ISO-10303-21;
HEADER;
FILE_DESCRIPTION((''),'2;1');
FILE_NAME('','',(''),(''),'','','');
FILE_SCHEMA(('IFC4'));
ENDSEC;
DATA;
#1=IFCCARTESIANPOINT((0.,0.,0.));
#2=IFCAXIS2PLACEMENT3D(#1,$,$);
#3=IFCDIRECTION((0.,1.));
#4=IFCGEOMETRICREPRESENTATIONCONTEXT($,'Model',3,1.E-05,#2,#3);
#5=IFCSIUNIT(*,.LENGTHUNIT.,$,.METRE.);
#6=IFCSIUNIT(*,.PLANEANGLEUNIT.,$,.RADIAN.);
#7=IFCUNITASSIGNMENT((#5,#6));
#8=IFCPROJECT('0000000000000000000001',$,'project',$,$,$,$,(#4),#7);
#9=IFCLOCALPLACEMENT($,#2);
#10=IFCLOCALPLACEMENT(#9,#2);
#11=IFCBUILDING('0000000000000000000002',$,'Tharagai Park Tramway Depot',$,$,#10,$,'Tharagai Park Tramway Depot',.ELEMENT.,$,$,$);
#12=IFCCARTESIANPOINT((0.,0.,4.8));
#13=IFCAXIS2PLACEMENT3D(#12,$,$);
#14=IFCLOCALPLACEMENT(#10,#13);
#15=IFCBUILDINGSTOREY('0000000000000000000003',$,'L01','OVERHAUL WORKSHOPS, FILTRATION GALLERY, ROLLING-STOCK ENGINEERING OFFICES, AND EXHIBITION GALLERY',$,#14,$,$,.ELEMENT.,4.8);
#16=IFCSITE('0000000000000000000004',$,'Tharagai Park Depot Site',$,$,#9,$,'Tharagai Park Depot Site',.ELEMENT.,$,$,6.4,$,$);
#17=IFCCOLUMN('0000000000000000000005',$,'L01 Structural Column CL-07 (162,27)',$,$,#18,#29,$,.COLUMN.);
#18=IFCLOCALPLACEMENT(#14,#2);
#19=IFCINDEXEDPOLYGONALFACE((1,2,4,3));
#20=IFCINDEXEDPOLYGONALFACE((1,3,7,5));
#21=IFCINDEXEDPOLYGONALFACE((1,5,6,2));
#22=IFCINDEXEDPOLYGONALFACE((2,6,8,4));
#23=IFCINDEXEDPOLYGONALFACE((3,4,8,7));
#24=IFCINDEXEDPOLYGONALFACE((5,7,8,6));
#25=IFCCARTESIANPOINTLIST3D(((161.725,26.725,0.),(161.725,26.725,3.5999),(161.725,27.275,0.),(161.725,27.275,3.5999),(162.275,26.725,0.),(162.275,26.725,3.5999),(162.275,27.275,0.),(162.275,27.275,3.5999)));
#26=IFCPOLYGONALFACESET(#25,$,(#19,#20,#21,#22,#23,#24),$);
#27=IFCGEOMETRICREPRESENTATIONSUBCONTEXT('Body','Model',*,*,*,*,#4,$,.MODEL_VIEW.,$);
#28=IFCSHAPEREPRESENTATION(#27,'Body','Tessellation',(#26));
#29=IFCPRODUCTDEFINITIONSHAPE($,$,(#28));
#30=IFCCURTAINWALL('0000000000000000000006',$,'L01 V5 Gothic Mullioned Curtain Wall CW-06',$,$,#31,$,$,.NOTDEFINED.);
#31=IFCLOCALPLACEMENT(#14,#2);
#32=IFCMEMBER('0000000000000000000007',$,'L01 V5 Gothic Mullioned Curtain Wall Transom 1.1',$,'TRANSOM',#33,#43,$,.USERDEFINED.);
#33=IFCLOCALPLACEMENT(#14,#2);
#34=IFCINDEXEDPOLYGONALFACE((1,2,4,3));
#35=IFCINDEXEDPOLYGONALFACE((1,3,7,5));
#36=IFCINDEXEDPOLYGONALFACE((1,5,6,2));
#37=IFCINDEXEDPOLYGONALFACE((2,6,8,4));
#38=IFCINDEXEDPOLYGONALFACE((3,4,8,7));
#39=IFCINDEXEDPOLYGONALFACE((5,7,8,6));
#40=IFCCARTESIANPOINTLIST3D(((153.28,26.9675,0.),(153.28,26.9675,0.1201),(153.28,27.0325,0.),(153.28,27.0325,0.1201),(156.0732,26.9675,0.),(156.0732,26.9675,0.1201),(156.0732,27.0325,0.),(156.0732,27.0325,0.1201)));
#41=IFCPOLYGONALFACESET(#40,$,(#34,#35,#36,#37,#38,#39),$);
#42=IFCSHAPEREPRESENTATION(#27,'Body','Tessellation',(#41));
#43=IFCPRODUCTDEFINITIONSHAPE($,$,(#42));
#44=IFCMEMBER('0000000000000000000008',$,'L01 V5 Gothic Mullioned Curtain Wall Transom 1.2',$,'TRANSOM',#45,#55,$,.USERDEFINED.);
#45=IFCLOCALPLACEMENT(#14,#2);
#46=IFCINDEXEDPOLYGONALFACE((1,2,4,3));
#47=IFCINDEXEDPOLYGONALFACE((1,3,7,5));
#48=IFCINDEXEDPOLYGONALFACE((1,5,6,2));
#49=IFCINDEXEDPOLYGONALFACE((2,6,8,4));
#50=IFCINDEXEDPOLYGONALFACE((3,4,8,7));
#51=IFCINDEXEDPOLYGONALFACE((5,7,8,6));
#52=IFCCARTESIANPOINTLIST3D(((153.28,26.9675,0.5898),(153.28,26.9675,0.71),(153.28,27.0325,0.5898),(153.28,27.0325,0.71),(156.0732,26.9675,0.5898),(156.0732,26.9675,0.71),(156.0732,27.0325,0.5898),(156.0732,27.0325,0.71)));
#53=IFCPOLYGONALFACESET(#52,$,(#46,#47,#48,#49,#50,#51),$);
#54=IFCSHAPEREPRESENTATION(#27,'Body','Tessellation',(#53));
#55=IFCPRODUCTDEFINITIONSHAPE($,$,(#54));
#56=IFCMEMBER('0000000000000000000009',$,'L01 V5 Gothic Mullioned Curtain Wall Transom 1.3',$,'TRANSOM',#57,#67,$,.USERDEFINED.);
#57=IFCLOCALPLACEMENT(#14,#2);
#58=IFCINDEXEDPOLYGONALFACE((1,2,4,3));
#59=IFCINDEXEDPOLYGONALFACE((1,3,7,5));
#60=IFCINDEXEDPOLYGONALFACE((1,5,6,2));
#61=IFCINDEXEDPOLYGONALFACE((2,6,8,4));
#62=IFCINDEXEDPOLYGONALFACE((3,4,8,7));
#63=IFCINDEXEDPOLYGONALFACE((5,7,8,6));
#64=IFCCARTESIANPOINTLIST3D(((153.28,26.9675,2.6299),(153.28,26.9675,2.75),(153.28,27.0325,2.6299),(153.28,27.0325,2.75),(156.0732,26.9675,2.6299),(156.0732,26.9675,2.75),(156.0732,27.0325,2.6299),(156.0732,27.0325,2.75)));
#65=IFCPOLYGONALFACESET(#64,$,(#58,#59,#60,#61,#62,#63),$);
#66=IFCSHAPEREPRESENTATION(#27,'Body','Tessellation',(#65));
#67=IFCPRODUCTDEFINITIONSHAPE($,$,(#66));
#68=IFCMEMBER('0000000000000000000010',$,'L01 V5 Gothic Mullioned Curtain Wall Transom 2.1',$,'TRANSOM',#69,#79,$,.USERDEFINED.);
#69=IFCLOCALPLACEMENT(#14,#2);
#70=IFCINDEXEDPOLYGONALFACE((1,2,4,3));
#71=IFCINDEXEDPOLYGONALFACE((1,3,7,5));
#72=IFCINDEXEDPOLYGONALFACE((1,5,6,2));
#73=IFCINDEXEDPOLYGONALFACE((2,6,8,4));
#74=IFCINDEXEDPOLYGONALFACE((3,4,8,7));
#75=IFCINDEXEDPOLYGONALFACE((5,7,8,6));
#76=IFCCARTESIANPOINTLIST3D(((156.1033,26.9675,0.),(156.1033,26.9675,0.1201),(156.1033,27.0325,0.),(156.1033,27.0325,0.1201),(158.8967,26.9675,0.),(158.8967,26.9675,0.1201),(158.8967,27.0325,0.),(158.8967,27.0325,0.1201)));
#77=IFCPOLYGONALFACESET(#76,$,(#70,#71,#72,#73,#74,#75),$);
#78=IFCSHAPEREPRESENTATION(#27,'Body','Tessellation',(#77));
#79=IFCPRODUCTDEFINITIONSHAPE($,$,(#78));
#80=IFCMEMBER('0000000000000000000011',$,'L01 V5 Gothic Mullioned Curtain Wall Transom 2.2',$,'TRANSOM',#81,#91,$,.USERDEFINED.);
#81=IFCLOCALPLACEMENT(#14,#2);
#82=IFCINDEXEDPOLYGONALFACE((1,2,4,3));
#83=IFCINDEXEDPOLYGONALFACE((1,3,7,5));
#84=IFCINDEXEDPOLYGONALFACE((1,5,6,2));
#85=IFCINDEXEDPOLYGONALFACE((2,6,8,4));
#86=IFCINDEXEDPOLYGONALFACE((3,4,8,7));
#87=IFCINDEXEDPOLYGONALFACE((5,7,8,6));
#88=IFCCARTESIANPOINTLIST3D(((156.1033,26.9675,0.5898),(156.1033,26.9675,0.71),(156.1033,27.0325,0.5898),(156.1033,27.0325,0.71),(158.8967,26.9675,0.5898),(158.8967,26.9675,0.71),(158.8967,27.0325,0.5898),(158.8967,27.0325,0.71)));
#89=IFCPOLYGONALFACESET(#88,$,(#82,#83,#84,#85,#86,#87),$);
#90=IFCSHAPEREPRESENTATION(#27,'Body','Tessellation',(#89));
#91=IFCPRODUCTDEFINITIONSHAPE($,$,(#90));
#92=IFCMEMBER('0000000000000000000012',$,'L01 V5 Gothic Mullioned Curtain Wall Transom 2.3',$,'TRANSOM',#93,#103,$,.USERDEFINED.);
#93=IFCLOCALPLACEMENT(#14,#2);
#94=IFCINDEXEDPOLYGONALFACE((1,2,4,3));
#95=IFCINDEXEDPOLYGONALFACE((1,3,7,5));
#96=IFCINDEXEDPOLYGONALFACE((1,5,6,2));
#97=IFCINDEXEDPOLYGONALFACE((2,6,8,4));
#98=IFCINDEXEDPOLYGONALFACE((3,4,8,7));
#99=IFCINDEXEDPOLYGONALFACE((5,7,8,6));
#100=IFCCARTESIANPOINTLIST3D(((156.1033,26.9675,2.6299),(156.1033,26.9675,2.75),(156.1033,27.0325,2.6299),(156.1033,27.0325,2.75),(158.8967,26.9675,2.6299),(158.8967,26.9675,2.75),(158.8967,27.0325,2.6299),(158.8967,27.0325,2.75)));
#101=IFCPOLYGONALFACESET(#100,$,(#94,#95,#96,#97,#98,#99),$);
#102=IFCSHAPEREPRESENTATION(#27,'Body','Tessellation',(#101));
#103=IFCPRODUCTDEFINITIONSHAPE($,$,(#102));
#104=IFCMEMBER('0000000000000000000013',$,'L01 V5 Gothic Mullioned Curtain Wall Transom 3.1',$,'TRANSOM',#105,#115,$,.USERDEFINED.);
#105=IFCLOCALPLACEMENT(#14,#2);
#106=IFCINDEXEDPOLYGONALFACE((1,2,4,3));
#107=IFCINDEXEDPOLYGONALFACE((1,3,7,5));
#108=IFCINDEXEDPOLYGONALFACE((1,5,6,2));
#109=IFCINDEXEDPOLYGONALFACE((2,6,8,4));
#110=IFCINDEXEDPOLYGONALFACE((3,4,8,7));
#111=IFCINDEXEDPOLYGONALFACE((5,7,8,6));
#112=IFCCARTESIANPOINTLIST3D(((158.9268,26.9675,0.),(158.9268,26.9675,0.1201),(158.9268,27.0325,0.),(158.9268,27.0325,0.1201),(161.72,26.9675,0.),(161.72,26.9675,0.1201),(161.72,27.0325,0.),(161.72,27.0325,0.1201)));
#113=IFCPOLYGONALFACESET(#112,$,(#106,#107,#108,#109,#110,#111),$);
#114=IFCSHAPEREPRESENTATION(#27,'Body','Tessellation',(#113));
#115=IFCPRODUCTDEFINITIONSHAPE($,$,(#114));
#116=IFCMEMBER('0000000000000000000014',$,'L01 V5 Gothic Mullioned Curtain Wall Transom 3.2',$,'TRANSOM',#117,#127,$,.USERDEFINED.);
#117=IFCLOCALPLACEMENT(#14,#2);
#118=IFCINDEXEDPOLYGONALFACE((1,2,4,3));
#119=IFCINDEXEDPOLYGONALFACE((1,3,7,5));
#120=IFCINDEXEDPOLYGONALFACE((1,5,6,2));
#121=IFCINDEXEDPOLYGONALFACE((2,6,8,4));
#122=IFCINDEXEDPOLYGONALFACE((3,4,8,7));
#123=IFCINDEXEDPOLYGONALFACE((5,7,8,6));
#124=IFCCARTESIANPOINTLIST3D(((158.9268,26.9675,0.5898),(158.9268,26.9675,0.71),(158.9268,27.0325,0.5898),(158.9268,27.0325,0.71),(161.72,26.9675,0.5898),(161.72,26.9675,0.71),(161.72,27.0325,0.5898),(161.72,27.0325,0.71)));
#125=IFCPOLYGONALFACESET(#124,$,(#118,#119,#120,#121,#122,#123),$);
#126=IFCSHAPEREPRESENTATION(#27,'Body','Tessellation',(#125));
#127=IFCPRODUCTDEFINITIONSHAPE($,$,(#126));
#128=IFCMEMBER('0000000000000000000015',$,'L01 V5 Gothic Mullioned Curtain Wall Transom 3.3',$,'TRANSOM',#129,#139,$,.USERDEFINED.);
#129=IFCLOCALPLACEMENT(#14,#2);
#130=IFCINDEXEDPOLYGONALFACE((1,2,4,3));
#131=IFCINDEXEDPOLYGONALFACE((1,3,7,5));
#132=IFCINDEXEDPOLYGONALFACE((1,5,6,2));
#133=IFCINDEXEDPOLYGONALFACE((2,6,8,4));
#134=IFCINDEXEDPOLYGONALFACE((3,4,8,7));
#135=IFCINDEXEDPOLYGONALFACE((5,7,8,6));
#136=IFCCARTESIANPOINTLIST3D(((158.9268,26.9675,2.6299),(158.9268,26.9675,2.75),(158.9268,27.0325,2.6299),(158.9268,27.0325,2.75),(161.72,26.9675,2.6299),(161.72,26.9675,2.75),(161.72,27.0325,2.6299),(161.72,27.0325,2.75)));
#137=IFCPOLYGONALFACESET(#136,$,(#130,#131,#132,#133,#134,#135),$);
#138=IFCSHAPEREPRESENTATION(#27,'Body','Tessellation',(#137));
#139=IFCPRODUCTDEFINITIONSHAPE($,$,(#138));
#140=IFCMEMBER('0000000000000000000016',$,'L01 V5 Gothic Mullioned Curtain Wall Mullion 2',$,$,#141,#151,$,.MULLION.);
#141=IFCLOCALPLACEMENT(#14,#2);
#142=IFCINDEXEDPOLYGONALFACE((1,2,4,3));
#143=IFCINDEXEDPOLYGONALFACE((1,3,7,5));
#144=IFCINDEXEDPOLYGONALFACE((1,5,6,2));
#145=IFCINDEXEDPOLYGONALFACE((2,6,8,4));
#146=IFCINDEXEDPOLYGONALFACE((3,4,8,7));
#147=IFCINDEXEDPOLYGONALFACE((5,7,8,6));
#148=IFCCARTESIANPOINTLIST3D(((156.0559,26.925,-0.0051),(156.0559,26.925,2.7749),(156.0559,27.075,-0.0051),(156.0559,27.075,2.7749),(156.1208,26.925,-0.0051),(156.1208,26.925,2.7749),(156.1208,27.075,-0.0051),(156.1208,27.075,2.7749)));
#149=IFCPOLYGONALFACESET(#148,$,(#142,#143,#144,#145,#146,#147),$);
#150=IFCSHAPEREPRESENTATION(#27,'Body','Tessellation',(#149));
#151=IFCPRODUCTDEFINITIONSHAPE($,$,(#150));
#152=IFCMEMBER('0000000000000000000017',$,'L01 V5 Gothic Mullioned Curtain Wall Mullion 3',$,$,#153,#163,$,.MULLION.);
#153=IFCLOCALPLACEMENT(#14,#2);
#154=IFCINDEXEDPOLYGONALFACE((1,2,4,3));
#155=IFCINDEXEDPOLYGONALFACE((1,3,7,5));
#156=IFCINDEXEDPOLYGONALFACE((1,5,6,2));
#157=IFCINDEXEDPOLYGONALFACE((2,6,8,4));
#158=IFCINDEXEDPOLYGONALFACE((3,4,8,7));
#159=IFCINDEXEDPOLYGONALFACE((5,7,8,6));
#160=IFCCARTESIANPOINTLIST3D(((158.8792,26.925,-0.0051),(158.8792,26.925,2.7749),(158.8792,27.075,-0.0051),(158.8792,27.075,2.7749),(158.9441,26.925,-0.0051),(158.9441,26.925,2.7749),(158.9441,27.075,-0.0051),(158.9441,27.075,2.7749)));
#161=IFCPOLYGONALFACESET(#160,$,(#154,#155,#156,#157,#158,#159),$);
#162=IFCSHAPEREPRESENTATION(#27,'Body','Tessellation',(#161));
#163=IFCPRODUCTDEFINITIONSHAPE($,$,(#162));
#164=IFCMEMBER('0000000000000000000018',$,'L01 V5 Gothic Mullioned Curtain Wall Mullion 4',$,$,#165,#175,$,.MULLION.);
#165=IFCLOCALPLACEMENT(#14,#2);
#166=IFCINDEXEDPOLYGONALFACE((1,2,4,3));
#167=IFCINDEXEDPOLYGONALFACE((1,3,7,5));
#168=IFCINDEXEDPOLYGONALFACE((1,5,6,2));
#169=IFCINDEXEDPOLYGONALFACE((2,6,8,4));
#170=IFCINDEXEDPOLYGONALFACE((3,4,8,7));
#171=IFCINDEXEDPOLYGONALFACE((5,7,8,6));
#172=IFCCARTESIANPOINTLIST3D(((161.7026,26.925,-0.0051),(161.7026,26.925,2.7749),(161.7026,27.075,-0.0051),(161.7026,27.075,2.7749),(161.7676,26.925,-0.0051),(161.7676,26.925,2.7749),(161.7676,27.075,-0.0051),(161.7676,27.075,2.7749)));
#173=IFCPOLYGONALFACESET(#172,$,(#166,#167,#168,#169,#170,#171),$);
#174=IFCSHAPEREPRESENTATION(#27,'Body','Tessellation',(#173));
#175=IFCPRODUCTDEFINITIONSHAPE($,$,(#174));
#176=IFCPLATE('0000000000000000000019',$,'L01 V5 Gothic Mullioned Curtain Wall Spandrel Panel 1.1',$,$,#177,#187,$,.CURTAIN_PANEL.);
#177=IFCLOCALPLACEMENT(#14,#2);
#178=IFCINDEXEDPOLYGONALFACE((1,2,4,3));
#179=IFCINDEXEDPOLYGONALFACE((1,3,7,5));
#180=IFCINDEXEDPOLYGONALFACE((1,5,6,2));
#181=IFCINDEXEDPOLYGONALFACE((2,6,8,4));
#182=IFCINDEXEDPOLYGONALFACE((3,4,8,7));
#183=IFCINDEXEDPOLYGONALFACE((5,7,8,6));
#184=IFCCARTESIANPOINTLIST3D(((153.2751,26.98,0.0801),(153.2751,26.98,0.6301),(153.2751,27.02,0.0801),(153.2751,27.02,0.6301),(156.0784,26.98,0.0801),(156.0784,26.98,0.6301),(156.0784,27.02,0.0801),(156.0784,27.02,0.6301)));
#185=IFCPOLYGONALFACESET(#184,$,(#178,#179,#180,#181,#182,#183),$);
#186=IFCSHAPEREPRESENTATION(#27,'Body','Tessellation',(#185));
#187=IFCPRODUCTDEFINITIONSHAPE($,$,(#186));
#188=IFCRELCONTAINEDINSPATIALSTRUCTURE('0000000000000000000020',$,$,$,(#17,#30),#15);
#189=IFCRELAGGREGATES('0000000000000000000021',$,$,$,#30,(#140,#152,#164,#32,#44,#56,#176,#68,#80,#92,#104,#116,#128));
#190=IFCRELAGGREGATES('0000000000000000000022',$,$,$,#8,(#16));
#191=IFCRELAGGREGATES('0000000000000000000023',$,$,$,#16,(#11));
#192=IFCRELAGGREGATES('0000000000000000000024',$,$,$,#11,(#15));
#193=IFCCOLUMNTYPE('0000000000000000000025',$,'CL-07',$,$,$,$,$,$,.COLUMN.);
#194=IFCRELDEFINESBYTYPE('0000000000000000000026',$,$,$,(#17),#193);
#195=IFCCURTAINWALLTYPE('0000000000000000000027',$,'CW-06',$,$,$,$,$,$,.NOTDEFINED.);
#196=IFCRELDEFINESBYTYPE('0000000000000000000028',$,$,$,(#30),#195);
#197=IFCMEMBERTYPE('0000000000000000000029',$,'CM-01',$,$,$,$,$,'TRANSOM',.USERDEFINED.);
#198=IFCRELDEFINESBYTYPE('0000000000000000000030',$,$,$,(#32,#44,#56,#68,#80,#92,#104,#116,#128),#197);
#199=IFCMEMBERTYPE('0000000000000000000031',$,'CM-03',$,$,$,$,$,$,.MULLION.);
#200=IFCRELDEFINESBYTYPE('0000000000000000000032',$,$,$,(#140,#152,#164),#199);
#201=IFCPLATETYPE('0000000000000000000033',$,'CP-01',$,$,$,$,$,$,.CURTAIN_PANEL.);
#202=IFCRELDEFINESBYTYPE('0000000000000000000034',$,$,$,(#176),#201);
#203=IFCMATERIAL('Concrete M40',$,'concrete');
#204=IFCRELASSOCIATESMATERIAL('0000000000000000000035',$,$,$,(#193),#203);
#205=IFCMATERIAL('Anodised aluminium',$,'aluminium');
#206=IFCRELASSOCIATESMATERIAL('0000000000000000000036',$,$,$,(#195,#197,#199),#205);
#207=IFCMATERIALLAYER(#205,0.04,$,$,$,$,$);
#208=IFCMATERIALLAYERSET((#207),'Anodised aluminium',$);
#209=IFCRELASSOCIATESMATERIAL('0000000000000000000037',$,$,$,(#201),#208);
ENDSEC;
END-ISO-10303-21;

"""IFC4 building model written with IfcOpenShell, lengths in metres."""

from ifc_helpers import new_model, si_unit, direction, frame, origin, origin_2d, place, context, subcontext, project, spatial, rectangle, extrude, material, layer, layer_set, material_profile, profile_set, type_object, element, aggregate, save


model = new_model("IFC4")

# Units and contexts
model_context = context("Model", 3, precision=1e-05, world=origin(), true_north=direction((0.0, 1.0)))
body_context = subcontext(model_context, "Body", "Model", "MODEL_VIEW")
ifc_project = project(units=[si_unit("LENGTHUNIT", "METRE"), si_unit("PLANEANGLEUNIT", "RADIAN")], contexts=[model_context])

# Site, building, storey
site_placement = place(None, origin())
site = spatial("IfcSite", under=ifc_project, at=site_placement, Name="Tharagai Park Depot Site", LongName="Tharagai Park Depot Site", CompositionType="ELEMENT", RefElevation=6.4)
building_placement = place(site_placement, origin())
building = spatial("IfcBuilding", under=site, at=building_placement, Name="Tharagai Park Tramway Depot", LongName="Tharagai Park Tramway Depot", CompositionType="ELEMENT")
storey_placement = place(building_placement, frame((0.0, 0.0, 4.8)))
storey = spatial("IfcBuildingStorey", under=building, at=storey_placement, Name="L01", Description="OVERHAUL WORKSHOPS, FILTRATION GALLERY, ROLLING-STOCK ENGINEERING OFFICES, AND EXHIBITION GALLERY", CompositionType="ELEMENT", Elevation=4.8)

# Column
ifc_material_1 = material(Name="Concrete M40", Category="concrete")
ifc_material_profile_1 = material_profile(ifc_material_1, rectangle(XDim=0.55, YDim=0.55, at=origin_2d()), Name="RC 550x550")
ifc_profile_set_1 = profile_set([ifc_material_profile_1], Name="Concrete M40")
column_type = type_object("IfcColumnType", Name="CL-07", PredefinedType="COLUMN", material=ifc_profile_set_1)
column_placement = place(storey_placement, frame((162.0, 27.0, 0.0), z_axis=(0.0, 0.0, 1.0), x_axis=(1.0, 0.0, 0.0)))
element("IfcColumn", 1, at=column_placement, inside=storey, type_object=column_type, Name="L01 Structural Column CL-07 (162,27)", PredefinedType="COLUMN", context=body_context, shape_type="SweptSolid", body=[
    extrude(rectangle(XDim=0.55, YDim=0.55, at=origin_2d()), origin(), (0.0, 0.0, 1.0), 3.5999),
])

# Curtain wall, members, plate
ifc_material_2 = material(Name="Anodised aluminium", Category="aluminium")
curtain_wall_type = type_object("IfcCurtainWallType", Name="CW-06", PredefinedType="NOTDEFINED", material=ifc_material_2)
curtain_wall_placement = place(storey_placement, origin())
curtain_wall = element("IfcCurtainWall", 2, at=curtain_wall_placement, inside=storey, type_object=curtain_wall_type, Name="L01 V5 Gothic Mullioned Curtain Wall CW-06", PredefinedType="NOTDEFINED")
ifc_material_profile_2 = material_profile(ifc_material_2, rectangle(XDim=0.0649, YDim=0.1201, at=origin_2d()), Name="ALU 65x120")
ifc_profile_set_2 = profile_set([ifc_material_profile_2], Name="Anodised aluminium")
member_type_1 = type_object("IfcMemberType", Name="CM-01", ElementType="TRANSOM", PredefinedType="USERDEFINED", material=ifc_profile_set_2)
member_1_placement = place(storey_placement, frame((153.28, 27.0, 0.0601), z_axis=(1.0, 0.0, 0.0), x_axis=(0.0, 1.0, 0.0)))
member_1 = element("IfcMember", 3, at=member_1_placement, type_object=member_type_1, Name="L01 V5 Gothic Mullioned Curtain Wall Transom 1.1", ObjectType="TRANSOM", PredefinedType="USERDEFINED", context=body_context, shape_type="SweptSolid", body=[
    extrude(rectangle(XDim=0.0649, YDim=0.1201, at=origin_2d()), origin(), (0.0, 0.0, 1.0), 2.7932),
])
member_2_placement = place(storey_placement, frame((153.28, 27.0, 0.6499), z_axis=(1.0, 0.0, 0.0), x_axis=(0.0, 1.0, 0.0)))
member_2 = element("IfcMember", 4, at=member_2_placement, type_object=member_type_1, Name="L01 V5 Gothic Mullioned Curtain Wall Transom 1.2", ObjectType="TRANSOM", PredefinedType="USERDEFINED", context=body_context, shape_type="SweptSolid", body=[
    extrude(rectangle(XDim=0.0649, YDim=0.1201, at=origin_2d()), origin(), (0.0, 0.0, 1.0), 2.7932),
])
member_3_placement = place(storey_placement, frame((153.28, 27.0, 2.6899), z_axis=(1.0, 0.0, 0.0), x_axis=(0.0, 1.0, 0.0)))
member_3 = element("IfcMember", 5, at=member_3_placement, type_object=member_type_1, Name="L01 V5 Gothic Mullioned Curtain Wall Transom 1.3", ObjectType="TRANSOM", PredefinedType="USERDEFINED", context=body_context, shape_type="SweptSolid", body=[
    extrude(rectangle(XDim=0.0649, YDim=0.1201, at=origin_2d()), origin(), (0.0, 0.0, 1.0), 2.7932),
])
member_4_placement = place(storey_placement, frame((156.1033, 27.0, 0.0601), z_axis=(1.0, 0.0, 0.0), x_axis=(0.0, 1.0, 0.0)))
member_4 = element("IfcMember", 6, at=member_4_placement, type_object=member_type_1, Name="L01 V5 Gothic Mullioned Curtain Wall Transom 2.1", ObjectType="TRANSOM", PredefinedType="USERDEFINED", context=body_context, shape_type="SweptSolid", body=[
    extrude(rectangle(XDim=0.0649, YDim=0.1201, at=origin_2d()), origin(), (0.0, 0.0, 1.0), 2.7935),
])
member_5_placement = place(storey_placement, frame((156.1033, 27.0, 0.6499), z_axis=(1.0, 0.0, 0.0), x_axis=(0.0, 1.0, 0.0)))
member_5 = element("IfcMember", 7, at=member_5_placement, type_object=member_type_1, Name="L01 V5 Gothic Mullioned Curtain Wall Transom 2.2", ObjectType="TRANSOM", PredefinedType="USERDEFINED", context=body_context, shape_type="SweptSolid", body=[
    extrude(rectangle(XDim=0.0649, YDim=0.1201, at=origin_2d()), origin(), (0.0, 0.0, 1.0), 2.7935),
])
member_6_placement = place(storey_placement, frame((156.1033, 27.0, 2.6899), z_axis=(1.0, 0.0, 0.0), x_axis=(0.0, 1.0, 0.0)))
member_6 = element("IfcMember", 8, at=member_6_placement, type_object=member_type_1, Name="L01 V5 Gothic Mullioned Curtain Wall Transom 2.3", ObjectType="TRANSOM", PredefinedType="USERDEFINED", context=body_context, shape_type="SweptSolid", body=[
    extrude(rectangle(XDim=0.0649, YDim=0.1201, at=origin_2d()), origin(), (0.0, 0.0, 1.0), 2.7935),
])
member_7_placement = place(storey_placement, frame((158.9268, 27.0, 0.0601), z_axis=(1.0, 0.0, 0.0), x_axis=(0.0, 1.0, 0.0)))
member_7 = element("IfcMember", 9, at=member_7_placement, type_object=member_type_1, Name="L01 V5 Gothic Mullioned Curtain Wall Transom 3.1", ObjectType="TRANSOM", PredefinedType="USERDEFINED", context=body_context, shape_type="SweptSolid", body=[
    extrude(rectangle(XDim=0.0649, YDim=0.1201, at=origin_2d()), origin(), (0.0, 0.0, 1.0), 2.7932),
])
member_8_placement = place(storey_placement, frame((158.9268, 27.0, 0.6499), z_axis=(1.0, 0.0, 0.0), x_axis=(0.0, 1.0, 0.0)))
member_8 = element("IfcMember", 10, at=member_8_placement, type_object=member_type_1, Name="L01 V5 Gothic Mullioned Curtain Wall Transom 3.2", ObjectType="TRANSOM", PredefinedType="USERDEFINED", context=body_context, shape_type="SweptSolid", body=[
    extrude(rectangle(XDim=0.0649, YDim=0.1201, at=origin_2d()), origin(), (0.0, 0.0, 1.0), 2.7932),
])
member_9_placement = place(storey_placement, frame((158.9268, 27.0, 2.6899), z_axis=(1.0, 0.0, 0.0), x_axis=(0.0, 1.0, 0.0)))
member_9 = element("IfcMember", 11, at=member_9_placement, type_object=member_type_1, Name="L01 V5 Gothic Mullioned Curtain Wall Transom 3.3", ObjectType="TRANSOM", PredefinedType="USERDEFINED", context=body_context, shape_type="SweptSolid", body=[
    extrude(rectangle(XDim=0.0649, YDim=0.1201, at=origin_2d()), origin(), (0.0, 0.0, 1.0), 2.7932),
])
ifc_material_profile_3 = material_profile(ifc_material_2, rectangle(XDim=0.0649, YDim=0.1499, at=origin_2d()), Name="ALU 65x150")
ifc_profile_set_3 = profile_set([ifc_material_profile_3], Name="Anodised aluminium")
member_type_2 = type_object("IfcMemberType", Name="CM-03", PredefinedType="MULLION", material=ifc_profile_set_3)
member_10_placement = place(storey_placement, frame((156.0884, 27.0, -0.0051), z_axis=(0.0, 0.0, 1.0), x_axis=(1.0, 0.0, 0.0)))
member_10 = element("IfcMember", 12, at=member_10_placement, type_object=member_type_2, Name="L01 V5 Gothic Mullioned Curtain Wall Mullion 2", PredefinedType="MULLION", context=body_context, shape_type="SweptSolid", body=[
    extrude(rectangle(XDim=0.0649, YDim=0.1499, at=origin_2d()), origin(), (0.0, 0.0, 1.0), 2.78),
])
member_11_placement = place(storey_placement, frame((158.9116, 27.0, -0.0051), z_axis=(0.0, 0.0, 1.0), x_axis=(1.0, 0.0, 0.0)))
member_11 = element("IfcMember", 13, at=member_11_placement, type_object=member_type_2, Name="L01 V5 Gothic Mullioned Curtain Wall Mullion 3", PredefinedType="MULLION", context=body_context, shape_type="SweptSolid", body=[
    extrude(rectangle(XDim=0.0649, YDim=0.1499, at=origin_2d()), origin(), (0.0, 0.0, 1.0), 2.78),
])
member_12_placement = place(storey_placement, frame((161.7351, 27.0, -0.0051), z_axis=(0.0, 0.0, 1.0), x_axis=(1.0, 0.0, 0.0)))
member_12 = element("IfcMember", 14, at=member_12_placement, type_object=member_type_2, Name="L01 V5 Gothic Mullioned Curtain Wall Mullion 4", PredefinedType="MULLION", context=body_context, shape_type="SweptSolid", body=[
    extrude(rectangle(XDim=0.0649, YDim=0.1499, at=origin_2d()), origin(), (0.0, 0.0, 1.0), 2.78),
])
ifc_layer_1 = layer(ifc_material_2, 0.04)
ifc_layer_set_1 = layer_set([ifc_layer_1], Name="Anodised aluminium")
plate_type_1 = type_object("IfcPlateType", Name="CP-01", PredefinedType="CURTAIN_PANEL", material=ifc_layer_set_1)
plate_1_placement = place(storey_placement, frame((154.6768, 27.0, 0.0801), z_axis=(0.0, 0.0, 1.0), x_axis=(1.0, 0.0, 0.0)))
plate_1 = element("IfcPlate", 15, at=plate_1_placement, type_object=plate_type_1, Name="L01 V5 Gothic Mullioned Curtain Wall Spandrel Panel 1.1", PredefinedType="CURTAIN_PANEL", context=body_context, shape_type="SweptSolid", body=[
    extrude(rectangle(XDim=2.8032, YDim=0.04, at=origin_2d()), origin(), (0.0, 0.0, 1.0), 0.55),
])
aggregate(curtain_wall, [member_10, member_11, member_12, member_1, member_2, member_3, plate_1, member_4, member_5, member_6, member_7, member_8, member_9])

save(model, "model.ifc")
